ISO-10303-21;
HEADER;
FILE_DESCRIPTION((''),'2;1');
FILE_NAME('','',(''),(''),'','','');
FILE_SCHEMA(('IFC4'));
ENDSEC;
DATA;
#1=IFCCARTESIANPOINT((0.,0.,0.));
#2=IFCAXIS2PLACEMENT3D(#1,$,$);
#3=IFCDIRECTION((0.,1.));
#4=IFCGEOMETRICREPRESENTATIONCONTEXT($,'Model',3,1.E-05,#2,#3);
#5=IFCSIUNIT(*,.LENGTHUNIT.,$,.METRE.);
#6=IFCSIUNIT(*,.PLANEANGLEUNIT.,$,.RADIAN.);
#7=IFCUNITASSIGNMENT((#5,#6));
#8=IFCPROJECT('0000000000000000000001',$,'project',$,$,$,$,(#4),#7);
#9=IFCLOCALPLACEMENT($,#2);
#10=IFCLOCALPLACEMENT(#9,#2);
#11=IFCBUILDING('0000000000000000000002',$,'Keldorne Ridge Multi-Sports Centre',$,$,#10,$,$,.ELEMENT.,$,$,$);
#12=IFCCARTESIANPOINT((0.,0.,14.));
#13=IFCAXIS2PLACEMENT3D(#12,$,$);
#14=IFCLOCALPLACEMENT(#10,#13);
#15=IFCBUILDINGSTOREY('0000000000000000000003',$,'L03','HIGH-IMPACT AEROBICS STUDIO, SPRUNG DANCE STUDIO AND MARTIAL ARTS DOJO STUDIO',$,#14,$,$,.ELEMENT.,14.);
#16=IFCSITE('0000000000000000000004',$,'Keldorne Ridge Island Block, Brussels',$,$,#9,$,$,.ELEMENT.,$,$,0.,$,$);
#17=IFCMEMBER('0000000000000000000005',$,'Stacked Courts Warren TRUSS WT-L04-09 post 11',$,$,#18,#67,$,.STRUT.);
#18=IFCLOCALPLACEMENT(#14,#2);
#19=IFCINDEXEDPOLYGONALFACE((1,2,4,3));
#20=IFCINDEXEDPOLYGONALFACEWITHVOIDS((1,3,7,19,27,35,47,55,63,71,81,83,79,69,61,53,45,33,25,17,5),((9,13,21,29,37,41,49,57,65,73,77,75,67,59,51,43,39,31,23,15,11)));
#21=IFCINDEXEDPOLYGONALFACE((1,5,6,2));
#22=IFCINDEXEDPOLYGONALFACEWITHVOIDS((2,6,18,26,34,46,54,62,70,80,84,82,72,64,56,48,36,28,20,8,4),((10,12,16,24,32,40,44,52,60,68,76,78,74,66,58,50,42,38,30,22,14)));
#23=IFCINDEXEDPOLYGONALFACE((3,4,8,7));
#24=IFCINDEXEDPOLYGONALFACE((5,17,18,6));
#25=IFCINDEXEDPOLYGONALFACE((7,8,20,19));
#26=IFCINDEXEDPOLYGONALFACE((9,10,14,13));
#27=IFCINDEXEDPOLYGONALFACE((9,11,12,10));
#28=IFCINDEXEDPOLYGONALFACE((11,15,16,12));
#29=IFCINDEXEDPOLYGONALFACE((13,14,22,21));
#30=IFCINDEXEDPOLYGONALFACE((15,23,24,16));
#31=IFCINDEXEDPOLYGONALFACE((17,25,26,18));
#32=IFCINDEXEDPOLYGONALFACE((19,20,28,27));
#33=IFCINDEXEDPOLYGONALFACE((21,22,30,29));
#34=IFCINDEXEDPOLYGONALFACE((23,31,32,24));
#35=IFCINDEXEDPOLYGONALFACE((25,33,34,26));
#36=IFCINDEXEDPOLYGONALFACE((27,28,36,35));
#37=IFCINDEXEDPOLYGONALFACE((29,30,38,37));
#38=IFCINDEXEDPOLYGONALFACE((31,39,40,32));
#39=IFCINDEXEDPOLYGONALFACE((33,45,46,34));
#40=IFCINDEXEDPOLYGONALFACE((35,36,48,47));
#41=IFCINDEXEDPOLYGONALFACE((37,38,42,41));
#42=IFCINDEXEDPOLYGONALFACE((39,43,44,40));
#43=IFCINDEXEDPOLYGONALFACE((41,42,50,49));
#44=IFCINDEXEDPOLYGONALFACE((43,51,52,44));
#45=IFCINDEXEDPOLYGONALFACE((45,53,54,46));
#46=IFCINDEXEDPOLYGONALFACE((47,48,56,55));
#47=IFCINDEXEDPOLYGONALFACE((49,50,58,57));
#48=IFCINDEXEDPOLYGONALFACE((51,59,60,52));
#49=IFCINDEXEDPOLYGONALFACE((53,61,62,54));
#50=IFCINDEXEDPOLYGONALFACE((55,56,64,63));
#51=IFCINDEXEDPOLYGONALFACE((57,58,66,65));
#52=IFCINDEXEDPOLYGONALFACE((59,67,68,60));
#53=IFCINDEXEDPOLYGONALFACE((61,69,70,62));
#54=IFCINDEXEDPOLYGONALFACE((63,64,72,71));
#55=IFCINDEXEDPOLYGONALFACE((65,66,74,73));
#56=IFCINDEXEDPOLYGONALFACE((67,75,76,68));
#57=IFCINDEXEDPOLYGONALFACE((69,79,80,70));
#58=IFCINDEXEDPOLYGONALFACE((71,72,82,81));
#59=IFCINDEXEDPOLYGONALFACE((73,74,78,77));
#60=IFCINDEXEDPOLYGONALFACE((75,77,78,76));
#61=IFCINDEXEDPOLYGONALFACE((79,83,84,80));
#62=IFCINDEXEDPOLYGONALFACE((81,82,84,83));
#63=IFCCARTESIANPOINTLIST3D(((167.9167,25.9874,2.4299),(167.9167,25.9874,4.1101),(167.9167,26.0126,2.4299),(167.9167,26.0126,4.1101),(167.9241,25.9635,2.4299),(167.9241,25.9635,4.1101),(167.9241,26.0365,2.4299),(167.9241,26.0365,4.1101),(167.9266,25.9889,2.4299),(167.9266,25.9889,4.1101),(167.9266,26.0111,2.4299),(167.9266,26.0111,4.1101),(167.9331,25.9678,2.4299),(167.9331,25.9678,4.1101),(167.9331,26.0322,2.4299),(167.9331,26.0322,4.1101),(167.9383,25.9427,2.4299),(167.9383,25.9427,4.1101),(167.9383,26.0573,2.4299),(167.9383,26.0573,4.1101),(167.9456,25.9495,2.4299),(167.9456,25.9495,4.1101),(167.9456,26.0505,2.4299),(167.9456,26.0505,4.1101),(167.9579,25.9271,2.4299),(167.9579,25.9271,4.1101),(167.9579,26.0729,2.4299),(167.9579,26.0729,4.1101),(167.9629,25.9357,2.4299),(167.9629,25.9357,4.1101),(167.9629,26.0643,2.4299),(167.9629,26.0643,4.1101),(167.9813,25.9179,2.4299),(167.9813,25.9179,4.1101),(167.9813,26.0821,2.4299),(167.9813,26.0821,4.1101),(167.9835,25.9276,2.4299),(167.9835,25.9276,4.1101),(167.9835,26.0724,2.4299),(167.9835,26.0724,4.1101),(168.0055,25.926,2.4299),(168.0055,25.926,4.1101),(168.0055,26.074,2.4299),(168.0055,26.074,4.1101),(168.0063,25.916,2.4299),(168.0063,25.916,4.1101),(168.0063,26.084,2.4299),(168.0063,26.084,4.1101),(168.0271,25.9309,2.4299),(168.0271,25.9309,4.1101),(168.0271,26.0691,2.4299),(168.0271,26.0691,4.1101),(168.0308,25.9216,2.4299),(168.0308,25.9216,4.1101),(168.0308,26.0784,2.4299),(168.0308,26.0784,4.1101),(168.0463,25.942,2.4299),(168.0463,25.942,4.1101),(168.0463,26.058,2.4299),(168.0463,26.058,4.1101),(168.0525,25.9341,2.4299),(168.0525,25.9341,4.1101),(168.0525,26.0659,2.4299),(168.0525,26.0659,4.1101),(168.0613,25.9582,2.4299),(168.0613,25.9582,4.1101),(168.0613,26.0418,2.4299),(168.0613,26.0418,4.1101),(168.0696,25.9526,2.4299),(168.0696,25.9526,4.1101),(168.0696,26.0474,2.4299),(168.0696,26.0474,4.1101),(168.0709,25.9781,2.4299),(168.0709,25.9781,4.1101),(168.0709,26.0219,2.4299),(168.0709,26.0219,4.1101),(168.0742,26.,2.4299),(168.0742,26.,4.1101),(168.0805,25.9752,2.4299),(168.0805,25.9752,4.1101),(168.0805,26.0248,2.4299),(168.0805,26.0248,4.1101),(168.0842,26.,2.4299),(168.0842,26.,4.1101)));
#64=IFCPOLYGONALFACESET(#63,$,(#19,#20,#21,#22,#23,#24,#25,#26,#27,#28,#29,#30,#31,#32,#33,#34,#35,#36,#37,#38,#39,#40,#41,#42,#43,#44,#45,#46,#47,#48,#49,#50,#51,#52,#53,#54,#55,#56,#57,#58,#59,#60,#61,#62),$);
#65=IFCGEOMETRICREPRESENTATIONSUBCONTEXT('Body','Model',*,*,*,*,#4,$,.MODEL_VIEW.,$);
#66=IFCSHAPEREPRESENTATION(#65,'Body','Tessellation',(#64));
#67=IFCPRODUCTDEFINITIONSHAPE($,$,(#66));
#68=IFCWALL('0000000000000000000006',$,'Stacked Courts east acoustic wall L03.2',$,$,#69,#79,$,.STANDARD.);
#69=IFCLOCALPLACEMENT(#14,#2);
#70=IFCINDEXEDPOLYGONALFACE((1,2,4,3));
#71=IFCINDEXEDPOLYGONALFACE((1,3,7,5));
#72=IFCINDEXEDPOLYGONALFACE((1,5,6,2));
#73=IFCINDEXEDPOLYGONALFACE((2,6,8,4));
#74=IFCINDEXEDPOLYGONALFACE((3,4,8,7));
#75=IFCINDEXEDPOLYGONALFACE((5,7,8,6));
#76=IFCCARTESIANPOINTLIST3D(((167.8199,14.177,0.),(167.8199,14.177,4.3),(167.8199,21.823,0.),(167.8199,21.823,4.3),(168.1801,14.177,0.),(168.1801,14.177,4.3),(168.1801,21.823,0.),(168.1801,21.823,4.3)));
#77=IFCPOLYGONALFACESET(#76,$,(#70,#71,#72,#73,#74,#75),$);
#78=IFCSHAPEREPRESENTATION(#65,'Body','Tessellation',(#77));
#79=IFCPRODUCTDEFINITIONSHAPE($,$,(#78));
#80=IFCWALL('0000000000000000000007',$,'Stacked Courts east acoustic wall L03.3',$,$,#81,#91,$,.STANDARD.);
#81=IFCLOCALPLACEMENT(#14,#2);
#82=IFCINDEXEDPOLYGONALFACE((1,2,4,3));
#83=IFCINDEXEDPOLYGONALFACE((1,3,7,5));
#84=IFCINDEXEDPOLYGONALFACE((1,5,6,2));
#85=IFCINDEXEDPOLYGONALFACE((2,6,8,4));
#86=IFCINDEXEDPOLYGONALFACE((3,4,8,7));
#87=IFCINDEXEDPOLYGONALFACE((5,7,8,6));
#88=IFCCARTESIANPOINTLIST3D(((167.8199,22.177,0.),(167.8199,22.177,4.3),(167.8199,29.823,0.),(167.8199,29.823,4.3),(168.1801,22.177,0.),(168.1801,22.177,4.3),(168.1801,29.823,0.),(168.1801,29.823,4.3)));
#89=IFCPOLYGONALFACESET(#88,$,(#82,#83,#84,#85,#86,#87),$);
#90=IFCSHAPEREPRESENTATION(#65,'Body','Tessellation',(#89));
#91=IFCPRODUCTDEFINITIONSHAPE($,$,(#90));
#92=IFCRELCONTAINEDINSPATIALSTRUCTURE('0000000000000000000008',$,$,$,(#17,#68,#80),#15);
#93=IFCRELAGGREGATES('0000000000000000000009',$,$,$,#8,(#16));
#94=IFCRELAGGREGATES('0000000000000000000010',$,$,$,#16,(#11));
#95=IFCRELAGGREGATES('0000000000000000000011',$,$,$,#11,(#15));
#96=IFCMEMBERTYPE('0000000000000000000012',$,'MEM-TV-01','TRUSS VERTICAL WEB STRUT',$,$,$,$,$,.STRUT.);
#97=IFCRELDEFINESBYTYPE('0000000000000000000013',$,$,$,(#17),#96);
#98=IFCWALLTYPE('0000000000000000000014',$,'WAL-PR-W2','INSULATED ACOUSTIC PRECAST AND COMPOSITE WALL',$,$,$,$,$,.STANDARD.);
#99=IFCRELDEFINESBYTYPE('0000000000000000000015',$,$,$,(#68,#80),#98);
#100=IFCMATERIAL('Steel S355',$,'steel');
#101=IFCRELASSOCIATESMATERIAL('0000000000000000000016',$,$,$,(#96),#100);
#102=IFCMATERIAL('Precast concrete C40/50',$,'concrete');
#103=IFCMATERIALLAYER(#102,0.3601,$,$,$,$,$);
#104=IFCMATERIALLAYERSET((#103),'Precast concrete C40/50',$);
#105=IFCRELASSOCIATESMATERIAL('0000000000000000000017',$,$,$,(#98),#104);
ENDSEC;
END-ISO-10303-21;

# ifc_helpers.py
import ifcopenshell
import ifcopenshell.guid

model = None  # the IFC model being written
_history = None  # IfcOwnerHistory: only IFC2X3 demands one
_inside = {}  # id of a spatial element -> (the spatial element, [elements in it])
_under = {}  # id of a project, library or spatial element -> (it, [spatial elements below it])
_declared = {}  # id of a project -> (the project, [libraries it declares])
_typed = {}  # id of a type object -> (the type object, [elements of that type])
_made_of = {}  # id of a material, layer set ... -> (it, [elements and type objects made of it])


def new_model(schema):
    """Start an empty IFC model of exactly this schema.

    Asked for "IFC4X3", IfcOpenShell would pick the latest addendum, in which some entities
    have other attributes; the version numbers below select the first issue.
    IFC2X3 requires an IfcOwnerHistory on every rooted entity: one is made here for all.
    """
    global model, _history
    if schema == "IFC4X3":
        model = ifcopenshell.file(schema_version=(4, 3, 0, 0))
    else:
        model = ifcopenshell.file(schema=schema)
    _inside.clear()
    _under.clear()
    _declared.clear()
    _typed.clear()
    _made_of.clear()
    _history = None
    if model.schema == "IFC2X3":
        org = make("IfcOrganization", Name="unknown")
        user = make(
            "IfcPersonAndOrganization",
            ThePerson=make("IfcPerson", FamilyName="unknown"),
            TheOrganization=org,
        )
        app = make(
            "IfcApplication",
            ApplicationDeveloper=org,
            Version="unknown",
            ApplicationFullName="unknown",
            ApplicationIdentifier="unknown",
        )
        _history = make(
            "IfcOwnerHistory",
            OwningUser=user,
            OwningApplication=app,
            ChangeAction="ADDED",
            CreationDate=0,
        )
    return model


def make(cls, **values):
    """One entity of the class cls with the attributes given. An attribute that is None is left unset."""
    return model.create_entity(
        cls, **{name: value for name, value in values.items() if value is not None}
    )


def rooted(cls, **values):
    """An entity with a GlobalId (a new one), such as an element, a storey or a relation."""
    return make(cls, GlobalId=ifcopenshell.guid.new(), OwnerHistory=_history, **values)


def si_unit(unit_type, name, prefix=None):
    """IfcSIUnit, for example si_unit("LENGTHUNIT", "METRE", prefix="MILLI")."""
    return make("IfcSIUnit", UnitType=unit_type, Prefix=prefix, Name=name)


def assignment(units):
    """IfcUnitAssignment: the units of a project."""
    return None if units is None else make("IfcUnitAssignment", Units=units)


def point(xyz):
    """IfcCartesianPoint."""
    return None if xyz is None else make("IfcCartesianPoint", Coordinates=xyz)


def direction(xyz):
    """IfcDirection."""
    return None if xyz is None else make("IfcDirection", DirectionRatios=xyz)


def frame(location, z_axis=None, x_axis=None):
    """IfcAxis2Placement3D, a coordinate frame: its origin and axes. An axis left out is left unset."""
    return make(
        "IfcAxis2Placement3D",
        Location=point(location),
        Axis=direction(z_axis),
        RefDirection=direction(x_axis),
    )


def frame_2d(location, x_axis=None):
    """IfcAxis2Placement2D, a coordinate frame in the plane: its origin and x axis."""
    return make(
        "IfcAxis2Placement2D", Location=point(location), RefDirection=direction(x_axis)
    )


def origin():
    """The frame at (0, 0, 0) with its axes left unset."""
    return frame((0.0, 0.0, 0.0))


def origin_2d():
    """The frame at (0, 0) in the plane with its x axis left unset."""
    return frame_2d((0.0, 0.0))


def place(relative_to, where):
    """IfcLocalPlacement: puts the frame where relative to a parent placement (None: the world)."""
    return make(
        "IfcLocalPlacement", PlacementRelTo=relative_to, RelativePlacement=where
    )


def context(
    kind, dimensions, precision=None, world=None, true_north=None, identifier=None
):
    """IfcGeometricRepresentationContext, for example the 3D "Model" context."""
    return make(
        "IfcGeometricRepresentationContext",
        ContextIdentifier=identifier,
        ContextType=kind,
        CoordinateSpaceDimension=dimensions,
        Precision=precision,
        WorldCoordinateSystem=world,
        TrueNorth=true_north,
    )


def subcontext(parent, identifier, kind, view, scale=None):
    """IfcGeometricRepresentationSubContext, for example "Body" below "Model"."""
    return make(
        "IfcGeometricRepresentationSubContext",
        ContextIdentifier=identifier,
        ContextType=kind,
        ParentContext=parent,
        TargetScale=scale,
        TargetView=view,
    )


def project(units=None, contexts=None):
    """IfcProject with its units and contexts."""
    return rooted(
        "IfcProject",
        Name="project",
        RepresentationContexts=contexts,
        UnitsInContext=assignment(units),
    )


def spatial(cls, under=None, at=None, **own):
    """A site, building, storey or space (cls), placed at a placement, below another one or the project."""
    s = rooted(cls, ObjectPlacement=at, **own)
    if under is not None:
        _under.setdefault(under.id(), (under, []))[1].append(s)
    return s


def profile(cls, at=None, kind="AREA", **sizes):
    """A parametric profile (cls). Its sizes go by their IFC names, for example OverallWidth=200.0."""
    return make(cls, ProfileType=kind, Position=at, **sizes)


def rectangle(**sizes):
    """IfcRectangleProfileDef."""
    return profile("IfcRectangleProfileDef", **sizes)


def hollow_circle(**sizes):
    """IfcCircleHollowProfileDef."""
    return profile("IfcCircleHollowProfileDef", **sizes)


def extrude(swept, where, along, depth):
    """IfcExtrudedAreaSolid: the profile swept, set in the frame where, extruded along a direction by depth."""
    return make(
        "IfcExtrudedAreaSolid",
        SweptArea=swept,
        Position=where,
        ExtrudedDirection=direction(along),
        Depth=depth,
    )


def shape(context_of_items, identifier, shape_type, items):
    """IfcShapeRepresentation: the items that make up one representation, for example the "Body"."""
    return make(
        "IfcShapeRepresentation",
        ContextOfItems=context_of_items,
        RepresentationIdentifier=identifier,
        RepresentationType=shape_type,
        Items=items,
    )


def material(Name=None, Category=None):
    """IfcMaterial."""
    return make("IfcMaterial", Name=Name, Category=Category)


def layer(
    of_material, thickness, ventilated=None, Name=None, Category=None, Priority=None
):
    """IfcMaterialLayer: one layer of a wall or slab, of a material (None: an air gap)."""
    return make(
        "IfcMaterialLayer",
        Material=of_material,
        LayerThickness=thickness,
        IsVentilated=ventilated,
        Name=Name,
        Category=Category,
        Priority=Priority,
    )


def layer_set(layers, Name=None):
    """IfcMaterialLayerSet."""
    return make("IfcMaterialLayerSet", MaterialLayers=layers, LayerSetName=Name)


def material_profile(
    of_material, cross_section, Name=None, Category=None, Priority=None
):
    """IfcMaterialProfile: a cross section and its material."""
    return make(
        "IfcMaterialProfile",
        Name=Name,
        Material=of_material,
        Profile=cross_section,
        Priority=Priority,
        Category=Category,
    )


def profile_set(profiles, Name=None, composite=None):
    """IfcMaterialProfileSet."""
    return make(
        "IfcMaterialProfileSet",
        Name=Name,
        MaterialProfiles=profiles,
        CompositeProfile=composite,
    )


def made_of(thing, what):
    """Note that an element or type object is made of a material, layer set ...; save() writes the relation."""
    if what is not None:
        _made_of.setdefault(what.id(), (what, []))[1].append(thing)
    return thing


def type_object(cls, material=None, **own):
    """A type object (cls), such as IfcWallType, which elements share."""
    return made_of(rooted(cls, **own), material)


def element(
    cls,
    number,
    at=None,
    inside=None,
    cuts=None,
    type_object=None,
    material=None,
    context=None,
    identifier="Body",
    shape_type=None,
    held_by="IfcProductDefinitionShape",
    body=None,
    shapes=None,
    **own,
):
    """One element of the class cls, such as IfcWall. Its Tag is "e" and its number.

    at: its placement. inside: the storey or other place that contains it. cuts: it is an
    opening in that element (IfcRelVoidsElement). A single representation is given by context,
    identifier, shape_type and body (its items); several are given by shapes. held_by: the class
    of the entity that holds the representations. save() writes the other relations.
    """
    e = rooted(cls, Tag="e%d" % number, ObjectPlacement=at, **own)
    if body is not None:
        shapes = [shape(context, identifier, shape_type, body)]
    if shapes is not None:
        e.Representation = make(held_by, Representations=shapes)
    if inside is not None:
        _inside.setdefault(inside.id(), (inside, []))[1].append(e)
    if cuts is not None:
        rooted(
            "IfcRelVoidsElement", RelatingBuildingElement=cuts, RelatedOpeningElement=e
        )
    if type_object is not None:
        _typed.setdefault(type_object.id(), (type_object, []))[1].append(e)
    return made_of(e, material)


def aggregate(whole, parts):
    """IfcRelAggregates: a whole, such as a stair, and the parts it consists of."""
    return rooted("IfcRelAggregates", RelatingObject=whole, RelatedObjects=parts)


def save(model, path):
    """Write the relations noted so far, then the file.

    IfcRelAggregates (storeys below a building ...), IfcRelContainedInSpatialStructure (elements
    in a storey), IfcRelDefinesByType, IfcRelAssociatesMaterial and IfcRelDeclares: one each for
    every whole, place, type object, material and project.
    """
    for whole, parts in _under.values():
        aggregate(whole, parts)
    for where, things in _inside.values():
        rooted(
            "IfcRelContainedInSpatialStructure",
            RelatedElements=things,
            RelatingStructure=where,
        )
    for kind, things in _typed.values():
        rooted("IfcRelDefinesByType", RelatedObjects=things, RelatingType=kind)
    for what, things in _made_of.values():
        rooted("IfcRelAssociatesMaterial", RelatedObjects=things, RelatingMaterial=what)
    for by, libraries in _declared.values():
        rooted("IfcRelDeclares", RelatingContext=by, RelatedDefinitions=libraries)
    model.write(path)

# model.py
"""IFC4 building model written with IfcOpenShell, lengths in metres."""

from ifc_helpers import new_model, si_unit, direction, frame, frame_2d, origin, origin_2d, place, context, subcontext, project, spatial, rectangle, hollow_circle, extrude, material, layer, layer_set, material_profile, profile_set, type_object, element, save


model = new_model("IFC4")

# Units and contexts
model_context = context("Model", 3, precision=1e-05, world=origin(), true_north=direction((0.0, 1.0)))
body_context = subcontext(model_context, "Body", "Model", "MODEL_VIEW")
ifc_project = project(units=[si_unit("LENGTHUNIT", "METRE"), si_unit("PLANEANGLEUNIT", "RADIAN")], contexts=[model_context])

# Site, building, storey
site_placement = place(None, origin())
site = spatial("IfcSite", under=ifc_project, at=site_placement, Name="Keldorne Ridge Island Block, Brussels", CompositionType="ELEMENT", RefElevation=0.0)
building_placement = place(site_placement, origin())
building = spatial("IfcBuilding", under=site, at=building_placement, Name="Keldorne Ridge Multi-Sports Centre", CompositionType="ELEMENT")
storey_placement = place(building_placement, frame((0.0, 0.0, 14.0)))
storey = spatial("IfcBuildingStorey", under=building, at=storey_placement, Name="L03", Description="HIGH-IMPACT AEROBICS STUDIO, SPRUNG DANCE STUDIO AND MARTIAL ARTS DOJO STUDIO", CompositionType="ELEMENT", Elevation=14.0)

# Shared definitions
ifc_material_1 = material(Name="Steel S355", Category="steel")

# Member
ifc_material_profile_1 = material_profile(ifc_material_1, hollow_circle(Radius=0.0842, WallThickness=0.01, at=origin_2d()), Name="CHS 168.3x10")
ifc_profile_set_1 = profile_set([ifc_material_profile_1], Name="Steel S355")
member_type_1 = type_object("IfcMemberType", Name="MEM-TV-01", Description="TRUSS VERTICAL WEB STRUT", PredefinedType="STRUT", material=ifc_profile_set_1)
for number, where, z_axis, x_axis, name in (
    (1, (168.0, 26.0, 2.4299), (0.0, 0.0, 1.0), (1.0, 0.0, 0.0), "Stacked Courts Warren TRUSS WT-L04-09 post 11"),
):
    element("IfcMember", number, at=place(storey_placement, frame(where, z_axis=z_axis, x_axis=x_axis)), inside=storey, type_object=member_type_1, Name=name, PredefinedType="STRUT", context=body_context, shape_type="SweptSolid", body=[
        extrude(hollow_circle(Radius=0.0842, WallThickness=0.01, at=origin_2d()), origin(), (0.0, 0.0, 1.0), 1.6802),
    ])

# Walls
ifc_material_2 = material(Name="Precast concrete C40/50", Category="concrete")
ifc_layer = layer(ifc_material_2, 0.3601)
ifc_layer_set = layer_set([ifc_layer], Name="Precast concrete C40/50")
wall_type = type_object("IfcWallType", Name="WAL-PR-W2", Description="INSULATED ACOUSTIC PRECAST AND COMPOSITE WALL", PredefinedType="STANDARD", material=ifc_layer_set)
for number, where, z_axis, x_axis, name in (
    (2, (168.0, 14.177, 0.0), (0.0, 0.0, 1.0), (0.0, 1.0, 0.0), "Stacked Courts east acoustic wall L03.2"),
    (3, (168.0, 22.177, 0.0), (0.0, 0.0, 1.0), (0.0, 1.0, 0.0), "Stacked Courts east acoustic wall L03.3"),
):
    element("IfcWall", number, at=place(storey_placement, frame(where, z_axis=z_axis, x_axis=x_axis)), inside=storey, type_object=wall_type, Name=name, PredefinedType="STANDARD", context=body_context, shape_type="SweptSolid", body=[
        extrude(rectangle(XDim=7.646, YDim=0.3601, at=frame_2d((3.823, 0.0))), origin(), (0.0, 0.0, 1.0), 4.3),
    ])

save(model, "model.ifc")
